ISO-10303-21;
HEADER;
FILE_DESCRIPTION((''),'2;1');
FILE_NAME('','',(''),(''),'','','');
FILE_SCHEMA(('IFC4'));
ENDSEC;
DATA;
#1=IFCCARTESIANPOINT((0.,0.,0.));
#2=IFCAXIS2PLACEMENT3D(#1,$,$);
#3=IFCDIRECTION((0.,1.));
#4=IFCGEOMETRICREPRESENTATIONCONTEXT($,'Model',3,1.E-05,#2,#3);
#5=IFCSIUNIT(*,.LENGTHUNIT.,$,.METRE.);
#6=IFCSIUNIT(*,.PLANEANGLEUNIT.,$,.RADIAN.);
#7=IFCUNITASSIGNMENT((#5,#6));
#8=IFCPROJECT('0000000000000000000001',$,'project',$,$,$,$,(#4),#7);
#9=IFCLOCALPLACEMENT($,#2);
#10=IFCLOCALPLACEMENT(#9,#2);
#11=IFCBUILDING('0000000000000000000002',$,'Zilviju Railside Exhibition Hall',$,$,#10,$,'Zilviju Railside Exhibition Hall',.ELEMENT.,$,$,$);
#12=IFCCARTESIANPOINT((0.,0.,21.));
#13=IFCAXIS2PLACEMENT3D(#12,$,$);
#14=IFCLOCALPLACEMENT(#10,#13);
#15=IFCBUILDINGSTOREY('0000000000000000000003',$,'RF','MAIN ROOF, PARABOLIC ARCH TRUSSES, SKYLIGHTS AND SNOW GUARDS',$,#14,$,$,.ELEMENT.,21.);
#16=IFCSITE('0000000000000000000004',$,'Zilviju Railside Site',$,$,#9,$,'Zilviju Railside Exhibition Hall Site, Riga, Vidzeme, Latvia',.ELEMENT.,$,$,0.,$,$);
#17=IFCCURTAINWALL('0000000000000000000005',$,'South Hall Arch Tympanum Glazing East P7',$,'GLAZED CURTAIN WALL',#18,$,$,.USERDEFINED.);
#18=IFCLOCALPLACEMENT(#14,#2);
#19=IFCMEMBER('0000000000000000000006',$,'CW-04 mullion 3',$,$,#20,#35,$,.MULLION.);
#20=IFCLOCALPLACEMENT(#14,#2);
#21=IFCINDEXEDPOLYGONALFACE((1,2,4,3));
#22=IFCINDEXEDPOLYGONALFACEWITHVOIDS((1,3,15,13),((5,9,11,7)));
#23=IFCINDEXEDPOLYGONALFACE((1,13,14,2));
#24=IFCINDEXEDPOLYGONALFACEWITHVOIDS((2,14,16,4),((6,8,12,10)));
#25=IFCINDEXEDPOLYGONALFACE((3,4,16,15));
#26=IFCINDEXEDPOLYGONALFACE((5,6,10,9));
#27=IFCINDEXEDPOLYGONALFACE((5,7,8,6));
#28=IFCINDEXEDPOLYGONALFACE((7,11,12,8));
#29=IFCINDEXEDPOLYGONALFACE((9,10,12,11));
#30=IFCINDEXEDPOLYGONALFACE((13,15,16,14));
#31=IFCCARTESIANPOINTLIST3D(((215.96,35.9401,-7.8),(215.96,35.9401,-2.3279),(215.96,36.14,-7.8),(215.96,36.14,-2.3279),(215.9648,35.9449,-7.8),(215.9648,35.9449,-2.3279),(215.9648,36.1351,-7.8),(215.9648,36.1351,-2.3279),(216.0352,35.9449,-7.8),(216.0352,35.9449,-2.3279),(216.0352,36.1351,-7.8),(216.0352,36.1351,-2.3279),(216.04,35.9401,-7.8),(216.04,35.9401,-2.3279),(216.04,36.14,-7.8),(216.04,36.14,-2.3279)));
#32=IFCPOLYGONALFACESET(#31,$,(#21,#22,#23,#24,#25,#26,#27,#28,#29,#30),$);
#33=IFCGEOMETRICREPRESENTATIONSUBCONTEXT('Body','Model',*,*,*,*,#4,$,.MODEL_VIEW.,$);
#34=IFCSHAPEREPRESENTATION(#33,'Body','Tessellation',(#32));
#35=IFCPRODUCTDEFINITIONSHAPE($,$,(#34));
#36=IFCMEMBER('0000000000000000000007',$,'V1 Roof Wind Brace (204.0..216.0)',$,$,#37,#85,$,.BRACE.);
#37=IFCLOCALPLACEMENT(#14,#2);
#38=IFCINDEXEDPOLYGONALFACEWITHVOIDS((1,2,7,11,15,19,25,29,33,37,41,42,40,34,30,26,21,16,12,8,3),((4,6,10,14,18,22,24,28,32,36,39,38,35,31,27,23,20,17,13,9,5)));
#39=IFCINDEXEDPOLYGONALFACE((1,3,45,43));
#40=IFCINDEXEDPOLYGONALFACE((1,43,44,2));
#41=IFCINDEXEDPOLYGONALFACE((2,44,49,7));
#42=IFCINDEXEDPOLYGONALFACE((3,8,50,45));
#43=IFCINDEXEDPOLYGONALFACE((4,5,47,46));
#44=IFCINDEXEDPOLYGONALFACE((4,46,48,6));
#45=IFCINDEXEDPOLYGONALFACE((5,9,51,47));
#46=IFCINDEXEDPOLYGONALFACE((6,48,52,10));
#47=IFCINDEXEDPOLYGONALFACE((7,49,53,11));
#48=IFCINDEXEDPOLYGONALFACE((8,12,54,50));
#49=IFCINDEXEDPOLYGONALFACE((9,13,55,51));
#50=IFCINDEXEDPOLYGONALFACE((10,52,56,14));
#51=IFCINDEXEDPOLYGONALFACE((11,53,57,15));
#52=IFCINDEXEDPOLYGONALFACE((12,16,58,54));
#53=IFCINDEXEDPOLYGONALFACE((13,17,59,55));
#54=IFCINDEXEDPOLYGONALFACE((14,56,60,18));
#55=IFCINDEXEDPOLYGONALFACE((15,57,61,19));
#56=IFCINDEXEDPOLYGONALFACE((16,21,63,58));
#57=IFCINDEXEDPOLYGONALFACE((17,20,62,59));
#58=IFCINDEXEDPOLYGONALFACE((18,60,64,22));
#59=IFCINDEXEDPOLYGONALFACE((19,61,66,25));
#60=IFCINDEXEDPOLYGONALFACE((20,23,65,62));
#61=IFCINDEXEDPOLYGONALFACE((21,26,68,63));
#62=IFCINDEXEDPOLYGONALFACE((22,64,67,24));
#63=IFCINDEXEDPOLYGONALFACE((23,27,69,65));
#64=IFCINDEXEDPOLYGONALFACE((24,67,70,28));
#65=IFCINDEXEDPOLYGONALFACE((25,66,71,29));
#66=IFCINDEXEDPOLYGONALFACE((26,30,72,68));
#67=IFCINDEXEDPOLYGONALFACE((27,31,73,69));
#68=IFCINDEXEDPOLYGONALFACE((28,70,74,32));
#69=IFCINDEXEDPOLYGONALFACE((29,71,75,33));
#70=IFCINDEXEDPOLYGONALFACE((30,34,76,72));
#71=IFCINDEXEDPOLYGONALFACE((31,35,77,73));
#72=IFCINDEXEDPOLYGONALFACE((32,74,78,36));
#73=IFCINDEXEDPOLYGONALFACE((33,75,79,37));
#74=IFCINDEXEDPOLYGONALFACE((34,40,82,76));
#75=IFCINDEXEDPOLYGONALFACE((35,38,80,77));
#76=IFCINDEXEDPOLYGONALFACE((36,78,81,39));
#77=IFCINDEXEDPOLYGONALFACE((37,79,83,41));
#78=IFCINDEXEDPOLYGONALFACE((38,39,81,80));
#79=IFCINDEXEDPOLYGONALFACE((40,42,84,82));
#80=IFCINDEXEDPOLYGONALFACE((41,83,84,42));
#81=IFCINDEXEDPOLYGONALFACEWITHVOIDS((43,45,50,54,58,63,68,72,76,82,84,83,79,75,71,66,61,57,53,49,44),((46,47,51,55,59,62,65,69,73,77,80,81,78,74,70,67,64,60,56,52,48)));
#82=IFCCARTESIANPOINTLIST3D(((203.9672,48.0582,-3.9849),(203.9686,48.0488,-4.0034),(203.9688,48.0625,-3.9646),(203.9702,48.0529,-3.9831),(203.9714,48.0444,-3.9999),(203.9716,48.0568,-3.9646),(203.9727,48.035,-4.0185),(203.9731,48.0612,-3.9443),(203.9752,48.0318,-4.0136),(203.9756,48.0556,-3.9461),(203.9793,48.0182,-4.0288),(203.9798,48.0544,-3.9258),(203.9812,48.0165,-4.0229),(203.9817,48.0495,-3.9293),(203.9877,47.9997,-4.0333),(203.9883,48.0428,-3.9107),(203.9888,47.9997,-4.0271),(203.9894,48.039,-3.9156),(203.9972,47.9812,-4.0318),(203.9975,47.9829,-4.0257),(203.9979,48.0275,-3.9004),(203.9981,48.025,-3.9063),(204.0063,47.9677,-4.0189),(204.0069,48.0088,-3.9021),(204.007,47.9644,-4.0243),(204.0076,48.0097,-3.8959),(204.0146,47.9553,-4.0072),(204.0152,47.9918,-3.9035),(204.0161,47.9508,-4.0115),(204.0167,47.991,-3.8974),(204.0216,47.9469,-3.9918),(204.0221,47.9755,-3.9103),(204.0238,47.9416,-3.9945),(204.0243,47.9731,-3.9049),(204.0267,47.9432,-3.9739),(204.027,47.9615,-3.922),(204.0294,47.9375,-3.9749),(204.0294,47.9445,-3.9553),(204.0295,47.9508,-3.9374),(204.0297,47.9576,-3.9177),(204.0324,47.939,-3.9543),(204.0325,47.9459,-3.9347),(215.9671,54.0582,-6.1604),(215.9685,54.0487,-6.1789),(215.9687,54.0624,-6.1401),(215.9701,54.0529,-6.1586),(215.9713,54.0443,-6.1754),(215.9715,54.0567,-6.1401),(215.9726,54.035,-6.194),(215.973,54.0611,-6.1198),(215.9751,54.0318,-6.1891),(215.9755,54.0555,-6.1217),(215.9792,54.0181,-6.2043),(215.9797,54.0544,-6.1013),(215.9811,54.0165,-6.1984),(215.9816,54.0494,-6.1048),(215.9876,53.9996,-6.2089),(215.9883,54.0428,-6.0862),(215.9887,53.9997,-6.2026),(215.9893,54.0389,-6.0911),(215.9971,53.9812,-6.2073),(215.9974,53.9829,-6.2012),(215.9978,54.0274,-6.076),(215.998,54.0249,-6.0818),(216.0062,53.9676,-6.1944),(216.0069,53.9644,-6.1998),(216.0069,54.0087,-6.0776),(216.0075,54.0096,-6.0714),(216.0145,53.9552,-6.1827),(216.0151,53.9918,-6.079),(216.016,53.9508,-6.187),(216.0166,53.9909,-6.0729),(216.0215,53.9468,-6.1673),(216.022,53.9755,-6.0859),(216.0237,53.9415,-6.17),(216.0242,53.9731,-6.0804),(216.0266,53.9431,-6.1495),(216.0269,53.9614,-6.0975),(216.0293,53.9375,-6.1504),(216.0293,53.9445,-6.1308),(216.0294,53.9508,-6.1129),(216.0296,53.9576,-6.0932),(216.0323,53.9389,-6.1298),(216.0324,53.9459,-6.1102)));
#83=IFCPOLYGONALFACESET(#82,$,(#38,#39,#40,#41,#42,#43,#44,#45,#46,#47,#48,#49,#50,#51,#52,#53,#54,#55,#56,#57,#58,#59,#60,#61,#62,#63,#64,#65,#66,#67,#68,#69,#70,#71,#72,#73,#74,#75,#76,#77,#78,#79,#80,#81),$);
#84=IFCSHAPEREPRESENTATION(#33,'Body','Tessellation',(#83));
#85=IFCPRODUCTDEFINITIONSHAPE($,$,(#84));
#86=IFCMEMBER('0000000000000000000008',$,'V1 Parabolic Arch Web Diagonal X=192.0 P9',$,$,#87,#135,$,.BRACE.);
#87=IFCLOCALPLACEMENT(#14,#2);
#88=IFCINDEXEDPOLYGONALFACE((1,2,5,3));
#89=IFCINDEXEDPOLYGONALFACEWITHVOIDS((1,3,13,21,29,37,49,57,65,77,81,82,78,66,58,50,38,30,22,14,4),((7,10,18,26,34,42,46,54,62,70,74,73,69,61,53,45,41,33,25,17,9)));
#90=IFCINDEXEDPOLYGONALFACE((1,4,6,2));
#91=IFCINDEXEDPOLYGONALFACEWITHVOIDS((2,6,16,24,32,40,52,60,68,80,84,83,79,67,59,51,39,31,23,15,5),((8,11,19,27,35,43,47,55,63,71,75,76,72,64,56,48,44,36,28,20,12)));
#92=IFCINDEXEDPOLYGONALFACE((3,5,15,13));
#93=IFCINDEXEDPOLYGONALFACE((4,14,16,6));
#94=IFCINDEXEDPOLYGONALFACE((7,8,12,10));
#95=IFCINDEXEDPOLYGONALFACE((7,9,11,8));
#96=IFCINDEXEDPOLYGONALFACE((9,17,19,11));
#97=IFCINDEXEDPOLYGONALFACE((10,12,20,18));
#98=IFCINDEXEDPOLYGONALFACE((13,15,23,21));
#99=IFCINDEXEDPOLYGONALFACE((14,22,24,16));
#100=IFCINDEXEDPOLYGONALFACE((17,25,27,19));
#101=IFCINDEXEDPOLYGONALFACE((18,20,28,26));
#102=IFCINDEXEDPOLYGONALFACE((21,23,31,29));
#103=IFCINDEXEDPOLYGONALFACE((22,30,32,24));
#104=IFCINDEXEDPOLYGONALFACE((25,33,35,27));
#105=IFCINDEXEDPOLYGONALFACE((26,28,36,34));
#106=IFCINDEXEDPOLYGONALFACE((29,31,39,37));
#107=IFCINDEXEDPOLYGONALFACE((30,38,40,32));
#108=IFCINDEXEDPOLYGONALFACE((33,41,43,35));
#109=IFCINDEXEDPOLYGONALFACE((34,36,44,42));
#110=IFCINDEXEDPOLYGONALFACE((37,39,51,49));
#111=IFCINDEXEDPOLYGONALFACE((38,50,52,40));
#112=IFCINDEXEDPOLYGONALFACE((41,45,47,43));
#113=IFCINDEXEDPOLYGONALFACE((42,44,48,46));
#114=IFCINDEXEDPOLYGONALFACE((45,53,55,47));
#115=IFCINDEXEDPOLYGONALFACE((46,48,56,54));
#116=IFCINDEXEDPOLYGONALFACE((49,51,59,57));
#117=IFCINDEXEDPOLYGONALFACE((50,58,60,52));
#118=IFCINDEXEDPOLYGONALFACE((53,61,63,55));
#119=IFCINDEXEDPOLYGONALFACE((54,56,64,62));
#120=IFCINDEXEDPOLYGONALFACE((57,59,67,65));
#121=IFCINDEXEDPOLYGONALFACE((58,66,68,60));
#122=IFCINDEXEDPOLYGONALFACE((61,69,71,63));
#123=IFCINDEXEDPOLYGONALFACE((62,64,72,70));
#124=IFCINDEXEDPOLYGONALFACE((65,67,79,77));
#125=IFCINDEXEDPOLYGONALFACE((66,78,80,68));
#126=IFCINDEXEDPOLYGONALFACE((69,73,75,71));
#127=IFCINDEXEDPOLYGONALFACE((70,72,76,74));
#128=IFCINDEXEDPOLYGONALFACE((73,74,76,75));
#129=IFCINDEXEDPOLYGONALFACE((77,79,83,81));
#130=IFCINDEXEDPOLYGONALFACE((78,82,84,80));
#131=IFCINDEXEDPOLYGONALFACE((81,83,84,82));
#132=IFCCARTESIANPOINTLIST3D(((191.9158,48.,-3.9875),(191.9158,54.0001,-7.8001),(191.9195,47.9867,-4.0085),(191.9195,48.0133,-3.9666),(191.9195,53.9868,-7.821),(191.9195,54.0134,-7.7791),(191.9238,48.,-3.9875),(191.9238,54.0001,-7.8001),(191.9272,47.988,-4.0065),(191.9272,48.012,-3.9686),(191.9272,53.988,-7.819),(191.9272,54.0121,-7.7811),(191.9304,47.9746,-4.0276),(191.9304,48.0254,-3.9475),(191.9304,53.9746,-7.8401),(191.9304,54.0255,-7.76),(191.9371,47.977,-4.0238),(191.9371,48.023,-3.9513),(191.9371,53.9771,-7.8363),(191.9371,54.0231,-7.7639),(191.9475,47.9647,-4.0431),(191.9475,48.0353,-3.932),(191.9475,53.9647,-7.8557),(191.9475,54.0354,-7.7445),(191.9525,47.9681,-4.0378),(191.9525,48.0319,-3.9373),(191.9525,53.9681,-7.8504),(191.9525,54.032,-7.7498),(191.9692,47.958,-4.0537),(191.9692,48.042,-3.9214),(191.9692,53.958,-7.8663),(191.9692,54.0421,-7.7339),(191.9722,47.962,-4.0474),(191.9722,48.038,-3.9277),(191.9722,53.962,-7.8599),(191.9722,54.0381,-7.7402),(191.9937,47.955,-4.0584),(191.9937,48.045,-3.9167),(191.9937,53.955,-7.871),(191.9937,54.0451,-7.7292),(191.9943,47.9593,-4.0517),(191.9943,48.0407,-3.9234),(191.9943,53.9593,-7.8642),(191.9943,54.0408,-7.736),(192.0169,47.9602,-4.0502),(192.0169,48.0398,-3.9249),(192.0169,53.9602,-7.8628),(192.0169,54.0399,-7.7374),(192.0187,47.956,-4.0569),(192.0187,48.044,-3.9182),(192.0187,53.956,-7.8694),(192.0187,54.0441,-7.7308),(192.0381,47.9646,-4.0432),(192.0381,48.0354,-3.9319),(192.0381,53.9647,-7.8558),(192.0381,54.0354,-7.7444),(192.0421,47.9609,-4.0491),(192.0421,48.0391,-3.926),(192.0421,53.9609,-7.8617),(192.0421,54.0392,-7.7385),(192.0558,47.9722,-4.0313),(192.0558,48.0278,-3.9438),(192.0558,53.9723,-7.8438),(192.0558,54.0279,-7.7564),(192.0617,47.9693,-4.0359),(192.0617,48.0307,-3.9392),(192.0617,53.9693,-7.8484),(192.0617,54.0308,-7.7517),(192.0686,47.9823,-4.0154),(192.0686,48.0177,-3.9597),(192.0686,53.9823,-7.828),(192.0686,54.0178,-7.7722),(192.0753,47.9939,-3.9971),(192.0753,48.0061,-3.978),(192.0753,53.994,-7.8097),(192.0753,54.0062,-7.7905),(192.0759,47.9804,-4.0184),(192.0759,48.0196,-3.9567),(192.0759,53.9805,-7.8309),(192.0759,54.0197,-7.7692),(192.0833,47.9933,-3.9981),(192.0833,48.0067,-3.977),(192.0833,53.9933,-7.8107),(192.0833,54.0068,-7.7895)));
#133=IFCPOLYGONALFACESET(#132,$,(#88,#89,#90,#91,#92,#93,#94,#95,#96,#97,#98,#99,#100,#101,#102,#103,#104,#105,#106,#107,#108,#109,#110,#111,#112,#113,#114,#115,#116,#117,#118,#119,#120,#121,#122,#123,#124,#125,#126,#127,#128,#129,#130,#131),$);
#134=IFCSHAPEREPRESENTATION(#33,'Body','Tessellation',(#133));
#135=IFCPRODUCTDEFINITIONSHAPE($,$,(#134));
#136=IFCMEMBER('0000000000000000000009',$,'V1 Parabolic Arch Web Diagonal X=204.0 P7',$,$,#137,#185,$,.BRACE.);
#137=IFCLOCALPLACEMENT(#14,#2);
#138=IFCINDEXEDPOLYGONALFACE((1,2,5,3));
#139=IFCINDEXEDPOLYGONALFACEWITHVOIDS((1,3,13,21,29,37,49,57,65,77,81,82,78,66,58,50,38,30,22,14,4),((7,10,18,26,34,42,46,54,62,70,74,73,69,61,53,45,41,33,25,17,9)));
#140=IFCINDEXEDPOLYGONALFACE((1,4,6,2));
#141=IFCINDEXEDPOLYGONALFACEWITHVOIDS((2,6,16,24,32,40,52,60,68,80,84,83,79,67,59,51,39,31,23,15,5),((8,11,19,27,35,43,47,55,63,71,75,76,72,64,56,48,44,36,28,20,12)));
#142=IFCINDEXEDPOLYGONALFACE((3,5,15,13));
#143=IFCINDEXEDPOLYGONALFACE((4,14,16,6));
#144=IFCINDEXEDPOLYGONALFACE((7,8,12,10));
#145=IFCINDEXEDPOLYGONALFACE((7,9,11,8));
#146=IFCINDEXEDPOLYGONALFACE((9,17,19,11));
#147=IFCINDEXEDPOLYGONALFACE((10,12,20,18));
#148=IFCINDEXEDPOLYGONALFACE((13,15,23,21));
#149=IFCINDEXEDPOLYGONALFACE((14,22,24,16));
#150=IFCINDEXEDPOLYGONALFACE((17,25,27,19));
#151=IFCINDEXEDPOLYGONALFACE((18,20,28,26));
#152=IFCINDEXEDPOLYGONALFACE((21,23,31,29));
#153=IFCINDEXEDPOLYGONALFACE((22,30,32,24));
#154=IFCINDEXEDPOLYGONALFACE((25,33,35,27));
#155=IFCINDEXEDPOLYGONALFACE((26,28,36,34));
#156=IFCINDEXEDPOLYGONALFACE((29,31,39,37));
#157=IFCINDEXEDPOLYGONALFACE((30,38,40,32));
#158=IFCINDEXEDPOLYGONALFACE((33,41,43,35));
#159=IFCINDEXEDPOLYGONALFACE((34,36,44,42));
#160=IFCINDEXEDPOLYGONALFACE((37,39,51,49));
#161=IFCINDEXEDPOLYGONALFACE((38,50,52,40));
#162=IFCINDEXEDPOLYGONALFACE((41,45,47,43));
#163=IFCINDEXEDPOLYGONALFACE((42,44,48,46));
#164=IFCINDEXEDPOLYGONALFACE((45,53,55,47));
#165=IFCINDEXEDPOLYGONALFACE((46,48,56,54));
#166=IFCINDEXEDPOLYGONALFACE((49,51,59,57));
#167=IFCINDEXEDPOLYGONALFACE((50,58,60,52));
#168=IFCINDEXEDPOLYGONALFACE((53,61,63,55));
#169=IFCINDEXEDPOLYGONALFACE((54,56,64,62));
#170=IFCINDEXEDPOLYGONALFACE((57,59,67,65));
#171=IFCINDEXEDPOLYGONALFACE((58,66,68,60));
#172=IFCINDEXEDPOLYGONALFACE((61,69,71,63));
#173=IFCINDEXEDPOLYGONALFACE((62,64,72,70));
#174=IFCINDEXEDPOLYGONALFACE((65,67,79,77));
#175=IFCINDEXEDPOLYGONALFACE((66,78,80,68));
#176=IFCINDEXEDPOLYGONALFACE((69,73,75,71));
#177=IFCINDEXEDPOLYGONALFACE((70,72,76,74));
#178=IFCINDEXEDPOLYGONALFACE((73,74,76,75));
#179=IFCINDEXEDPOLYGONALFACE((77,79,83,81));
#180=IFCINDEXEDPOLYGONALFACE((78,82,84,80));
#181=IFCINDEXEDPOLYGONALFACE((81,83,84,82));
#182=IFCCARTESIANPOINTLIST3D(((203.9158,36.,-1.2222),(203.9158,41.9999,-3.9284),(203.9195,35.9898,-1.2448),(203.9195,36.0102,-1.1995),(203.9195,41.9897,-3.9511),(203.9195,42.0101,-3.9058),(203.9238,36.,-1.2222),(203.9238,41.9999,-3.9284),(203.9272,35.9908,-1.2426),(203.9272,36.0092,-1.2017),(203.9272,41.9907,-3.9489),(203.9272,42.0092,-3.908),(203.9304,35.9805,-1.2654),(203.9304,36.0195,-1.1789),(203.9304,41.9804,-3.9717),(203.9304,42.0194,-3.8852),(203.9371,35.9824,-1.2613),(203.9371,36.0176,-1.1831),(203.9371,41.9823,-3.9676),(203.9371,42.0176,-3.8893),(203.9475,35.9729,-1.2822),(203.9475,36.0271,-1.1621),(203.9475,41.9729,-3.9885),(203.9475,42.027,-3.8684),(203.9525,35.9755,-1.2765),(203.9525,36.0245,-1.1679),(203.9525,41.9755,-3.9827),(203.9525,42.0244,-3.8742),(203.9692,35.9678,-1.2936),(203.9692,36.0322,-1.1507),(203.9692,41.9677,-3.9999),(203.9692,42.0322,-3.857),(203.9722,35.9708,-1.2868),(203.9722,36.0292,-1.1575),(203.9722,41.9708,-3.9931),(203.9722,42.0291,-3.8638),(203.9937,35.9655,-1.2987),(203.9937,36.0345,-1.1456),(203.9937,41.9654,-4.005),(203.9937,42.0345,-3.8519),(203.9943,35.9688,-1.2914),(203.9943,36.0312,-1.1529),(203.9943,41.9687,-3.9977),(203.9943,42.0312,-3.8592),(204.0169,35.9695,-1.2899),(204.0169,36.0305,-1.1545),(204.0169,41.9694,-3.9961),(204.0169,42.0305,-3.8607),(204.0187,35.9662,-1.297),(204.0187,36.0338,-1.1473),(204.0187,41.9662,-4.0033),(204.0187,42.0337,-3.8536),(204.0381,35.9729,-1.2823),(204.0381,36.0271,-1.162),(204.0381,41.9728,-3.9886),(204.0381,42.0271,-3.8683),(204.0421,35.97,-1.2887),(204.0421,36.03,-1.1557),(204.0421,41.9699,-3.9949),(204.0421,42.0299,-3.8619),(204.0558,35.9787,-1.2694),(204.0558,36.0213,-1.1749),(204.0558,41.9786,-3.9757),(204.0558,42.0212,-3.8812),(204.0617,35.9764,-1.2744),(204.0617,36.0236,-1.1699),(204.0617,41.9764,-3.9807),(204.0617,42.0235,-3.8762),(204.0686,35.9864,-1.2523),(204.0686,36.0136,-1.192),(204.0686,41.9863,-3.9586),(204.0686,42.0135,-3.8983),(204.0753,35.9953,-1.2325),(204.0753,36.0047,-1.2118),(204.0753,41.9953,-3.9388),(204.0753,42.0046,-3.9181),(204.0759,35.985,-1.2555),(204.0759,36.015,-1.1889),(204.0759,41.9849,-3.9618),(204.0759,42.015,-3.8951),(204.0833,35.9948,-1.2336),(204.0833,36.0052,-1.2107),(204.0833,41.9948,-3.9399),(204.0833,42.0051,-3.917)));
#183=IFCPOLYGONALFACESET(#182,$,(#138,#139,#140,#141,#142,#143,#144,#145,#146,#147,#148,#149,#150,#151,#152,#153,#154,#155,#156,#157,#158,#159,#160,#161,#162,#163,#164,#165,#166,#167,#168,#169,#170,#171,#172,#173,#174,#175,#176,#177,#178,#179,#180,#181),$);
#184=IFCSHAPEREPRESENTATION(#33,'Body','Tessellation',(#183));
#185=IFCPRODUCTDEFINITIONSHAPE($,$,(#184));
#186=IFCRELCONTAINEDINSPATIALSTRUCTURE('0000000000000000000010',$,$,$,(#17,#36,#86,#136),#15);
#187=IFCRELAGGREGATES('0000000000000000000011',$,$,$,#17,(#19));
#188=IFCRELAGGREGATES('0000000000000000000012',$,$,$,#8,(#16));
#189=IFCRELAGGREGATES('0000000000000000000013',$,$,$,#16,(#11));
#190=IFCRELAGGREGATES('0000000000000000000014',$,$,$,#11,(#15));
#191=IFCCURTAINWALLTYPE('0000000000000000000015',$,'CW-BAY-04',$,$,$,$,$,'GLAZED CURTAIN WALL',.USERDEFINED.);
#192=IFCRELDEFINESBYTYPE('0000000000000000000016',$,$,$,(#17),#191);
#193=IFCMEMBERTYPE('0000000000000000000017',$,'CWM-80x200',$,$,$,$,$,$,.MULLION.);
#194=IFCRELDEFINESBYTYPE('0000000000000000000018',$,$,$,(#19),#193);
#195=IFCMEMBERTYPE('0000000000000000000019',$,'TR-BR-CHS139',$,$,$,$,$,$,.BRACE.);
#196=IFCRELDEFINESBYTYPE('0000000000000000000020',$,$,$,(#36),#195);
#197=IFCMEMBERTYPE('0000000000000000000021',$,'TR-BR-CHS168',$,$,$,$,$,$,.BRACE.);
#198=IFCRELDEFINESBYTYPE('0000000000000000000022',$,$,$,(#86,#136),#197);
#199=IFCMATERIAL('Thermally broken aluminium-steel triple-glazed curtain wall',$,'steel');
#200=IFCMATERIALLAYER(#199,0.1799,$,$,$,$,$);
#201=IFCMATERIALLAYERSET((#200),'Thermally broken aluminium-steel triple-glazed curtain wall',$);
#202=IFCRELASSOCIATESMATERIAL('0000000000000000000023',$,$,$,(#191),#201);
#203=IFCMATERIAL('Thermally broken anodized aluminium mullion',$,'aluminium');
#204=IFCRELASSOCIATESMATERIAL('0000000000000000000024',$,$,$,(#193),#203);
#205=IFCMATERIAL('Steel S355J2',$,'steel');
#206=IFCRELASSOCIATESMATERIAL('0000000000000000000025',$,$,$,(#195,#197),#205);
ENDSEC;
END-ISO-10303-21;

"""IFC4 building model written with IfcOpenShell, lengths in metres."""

from ifc_helpers import new_model, si_unit, direction, frame, origin, origin_2d, place, context, subcontext, project, spatial, hollow_rectangle, hollow_circle, extrude, material, layer, layer_set, material_profile, profile_set, type_object, element, aggregate, save


model = new_model("IFC4")

# Units and contexts
model_context = context("Model", 3, precision=1e-05, world=origin(), true_north=direction((0.0, 1.0)))
body_context = subcontext(model_context, "Body", "Model", "MODEL_VIEW")
ifc_project = project(units=[si_unit("LENGTHUNIT", "METRE"), si_unit("PLANEANGLEUNIT", "RADIAN")], contexts=[model_context])

# Site, building, storey
site_placement = place(None, origin())
site = spatial("IfcSite", under=ifc_project, at=site_placement, Name="Zilviju Railside Site", LongName="Zilviju Railside Exhibition Hall Site, Riga, Vidzeme, Latvia", CompositionType="ELEMENT", RefElevation=0.0)
building_placement = place(site_placement, origin())
building = spatial("IfcBuilding", under=site, at=building_placement, Name="Zilviju Railside Exhibition Hall", LongName="Zilviju Railside Exhibition Hall", CompositionType="ELEMENT")
storey_placement = place(building_placement, frame((0.0, 0.0, 21.0)))
storey = spatial("IfcBuildingStorey", under=building, at=storey_placement, Name="RF", Description="MAIN ROOF, PARABOLIC ARCH TRUSSES, SKYLIGHTS AND SNOW GUARDS", CompositionType="ELEMENT", Elevation=21.0)

# Curtain wall, member
ifc_material_1 = material(Name="Thermally broken aluminium-steel triple-glazed curtain wall", Category="steel")
ifc_layer_1 = layer(ifc_material_1, 0.1799)
ifc_layer_set_1 = layer_set([ifc_layer_1], Name="Thermally broken aluminium-steel triple-glazed curtain wall")
curtain_wall_type = type_object("IfcCurtainWallType", Name="CW-BAY-04", ElementType="GLAZED CURTAIN WALL", PredefinedType="USERDEFINED", material=ifc_layer_set_1)
curtain_wall_placement = place(storey_placement, origin())
curtain_wall = element("IfcCurtainWall", 1, at=curtain_wall_placement, inside=storey, type_object=curtain_wall_type, Name="South Hall Arch Tympanum Glazing East P7", ObjectType="GLAZED CURTAIN WALL", PredefinedType="USERDEFINED")
ifc_material_2 = material(Name="Thermally broken anodized aluminium mullion", Category="aluminium")
ifc_material_profile_1 = material_profile(ifc_material_2, hollow_rectangle(XDim=0.0801, YDim=0.2, WallThickness=0.0049, at=origin_2d()), Name="MULLION 200x80x5")
ifc_profile_set_1 = profile_set([ifc_material_profile_1], Name="Thermally broken anodized aluminium mullion")
member_type_1 = type_object("IfcMemberType", Name="CWM-80x200", PredefinedType="MULLION", material=ifc_profile_set_1)
member_1_placement = place(storey_placement, frame((216.0, 36.04, -7.8), z_axis=(0.0, 0.0, 1.0), x_axis=(1.0, 0.0, 0.0)))
member_1 = element("IfcMember", 2, at=member_1_placement, type_object=member_type_1, Name="CW-04 mullion 3", PredefinedType="MULLION", context=body_context, shape_type="SweptSolid", body=[
    extrude(hollow_rectangle(XDim=0.0801, YDim=0.2, WallThickness=0.0049, at=origin_2d()), origin(), (0.0, 0.0, 1.0), 5.4722),
])
aggregate(curtain_wall, [member_1])

# Members
ifc_material_3 = material(Name="Steel S355J2", Category="steel")
ifc_material_profile_2 = material_profile(ifc_material_3, hollow_circle(Radius=0.0698, WallThickness=0.0063, at=origin_2d()), Name="CHS 139.7x6.3")
ifc_profile_set_2 = profile_set([ifc_material_profile_2], Name="Steel S355J2")
member_type_2 = type_object("IfcMemberType", Name="TR-BR-CHS139", PredefinedType="BRACE", material=ifc_profile_set_2)
member_2_placement = place(storey_placement, frame((204.0, 48.0, -3.9646), z_axis=(0.882895, 0.441447, -0.160064), x_axis=(-0.447214, 0.894427, 0.0)))
element("IfcMember", 3, at=member_2_placement, inside=storey, type_object=member_type_2, Name="V1 Roof Wind Brace (204.0..216.0)", PredefinedType="BRACE", context=body_context, shape_type="SweptSolid", body=[
    extrude(hollow_circle(Radius=0.0698, WallThickness=0.0063, at=origin_2d()), origin(), (0.0, 0.0, 1.0), 13.5916),
])
ifc_material_profile_3 = material_profile(ifc_material_3, hollow_circle(Radius=0.0842, WallThickness=0.0081, at=origin_2d()), Name="CHS 168.3x8.0")
ifc_profile_set_3 = profile_set([ifc_material_profile_3], Name="Steel S355J2")
member_type_3 = type_object("IfcMemberType", Name="TR-BR-CHS168", PredefinedType="BRACE", material=ifc_profile_set_3)
member_3_placement = place(storey_placement, frame((192.0, 48.0, -3.9875), z_axis=(0.0, 0.844023, -0.536306), x_axis=(-1.0, 0.0, 0.0)))
element("IfcMember", 4, at=member_3_placement, inside=storey, type_object=member_type_3, Name="V1 Parabolic Arch Web Diagonal X=192.0 P9", PredefinedType="BRACE", context=body_context, shape_type="SweptSolid", body=[
    extrude(hollow_circle(Radius=0.0842, WallThickness=0.0081, at=origin_2d()), origin(), (0.0, 0.0, 1.0), 7.1089),
])
member_4_placement = place(storey_placement, frame((204.0, 36.0, -1.2222), z_axis=(0.0, 0.911563, -0.41116), x_axis=(-1.0, 0.0, 0.0)))
element("IfcMember", 5, at=member_4_placement, inside=storey, type_object=member_type_3, Name="V1 Parabolic Arch Web Diagonal X=204.0 P7", PredefinedType="BRACE", context=body_context, shape_type="SweptSolid", body=[
    extrude(hollow_circle(Radius=0.0842, WallThickness=0.0081, at=origin_2d()), origin(), (0.0, 0.0, 1.0), 6.582),
])

save(model, "model.ifc")
